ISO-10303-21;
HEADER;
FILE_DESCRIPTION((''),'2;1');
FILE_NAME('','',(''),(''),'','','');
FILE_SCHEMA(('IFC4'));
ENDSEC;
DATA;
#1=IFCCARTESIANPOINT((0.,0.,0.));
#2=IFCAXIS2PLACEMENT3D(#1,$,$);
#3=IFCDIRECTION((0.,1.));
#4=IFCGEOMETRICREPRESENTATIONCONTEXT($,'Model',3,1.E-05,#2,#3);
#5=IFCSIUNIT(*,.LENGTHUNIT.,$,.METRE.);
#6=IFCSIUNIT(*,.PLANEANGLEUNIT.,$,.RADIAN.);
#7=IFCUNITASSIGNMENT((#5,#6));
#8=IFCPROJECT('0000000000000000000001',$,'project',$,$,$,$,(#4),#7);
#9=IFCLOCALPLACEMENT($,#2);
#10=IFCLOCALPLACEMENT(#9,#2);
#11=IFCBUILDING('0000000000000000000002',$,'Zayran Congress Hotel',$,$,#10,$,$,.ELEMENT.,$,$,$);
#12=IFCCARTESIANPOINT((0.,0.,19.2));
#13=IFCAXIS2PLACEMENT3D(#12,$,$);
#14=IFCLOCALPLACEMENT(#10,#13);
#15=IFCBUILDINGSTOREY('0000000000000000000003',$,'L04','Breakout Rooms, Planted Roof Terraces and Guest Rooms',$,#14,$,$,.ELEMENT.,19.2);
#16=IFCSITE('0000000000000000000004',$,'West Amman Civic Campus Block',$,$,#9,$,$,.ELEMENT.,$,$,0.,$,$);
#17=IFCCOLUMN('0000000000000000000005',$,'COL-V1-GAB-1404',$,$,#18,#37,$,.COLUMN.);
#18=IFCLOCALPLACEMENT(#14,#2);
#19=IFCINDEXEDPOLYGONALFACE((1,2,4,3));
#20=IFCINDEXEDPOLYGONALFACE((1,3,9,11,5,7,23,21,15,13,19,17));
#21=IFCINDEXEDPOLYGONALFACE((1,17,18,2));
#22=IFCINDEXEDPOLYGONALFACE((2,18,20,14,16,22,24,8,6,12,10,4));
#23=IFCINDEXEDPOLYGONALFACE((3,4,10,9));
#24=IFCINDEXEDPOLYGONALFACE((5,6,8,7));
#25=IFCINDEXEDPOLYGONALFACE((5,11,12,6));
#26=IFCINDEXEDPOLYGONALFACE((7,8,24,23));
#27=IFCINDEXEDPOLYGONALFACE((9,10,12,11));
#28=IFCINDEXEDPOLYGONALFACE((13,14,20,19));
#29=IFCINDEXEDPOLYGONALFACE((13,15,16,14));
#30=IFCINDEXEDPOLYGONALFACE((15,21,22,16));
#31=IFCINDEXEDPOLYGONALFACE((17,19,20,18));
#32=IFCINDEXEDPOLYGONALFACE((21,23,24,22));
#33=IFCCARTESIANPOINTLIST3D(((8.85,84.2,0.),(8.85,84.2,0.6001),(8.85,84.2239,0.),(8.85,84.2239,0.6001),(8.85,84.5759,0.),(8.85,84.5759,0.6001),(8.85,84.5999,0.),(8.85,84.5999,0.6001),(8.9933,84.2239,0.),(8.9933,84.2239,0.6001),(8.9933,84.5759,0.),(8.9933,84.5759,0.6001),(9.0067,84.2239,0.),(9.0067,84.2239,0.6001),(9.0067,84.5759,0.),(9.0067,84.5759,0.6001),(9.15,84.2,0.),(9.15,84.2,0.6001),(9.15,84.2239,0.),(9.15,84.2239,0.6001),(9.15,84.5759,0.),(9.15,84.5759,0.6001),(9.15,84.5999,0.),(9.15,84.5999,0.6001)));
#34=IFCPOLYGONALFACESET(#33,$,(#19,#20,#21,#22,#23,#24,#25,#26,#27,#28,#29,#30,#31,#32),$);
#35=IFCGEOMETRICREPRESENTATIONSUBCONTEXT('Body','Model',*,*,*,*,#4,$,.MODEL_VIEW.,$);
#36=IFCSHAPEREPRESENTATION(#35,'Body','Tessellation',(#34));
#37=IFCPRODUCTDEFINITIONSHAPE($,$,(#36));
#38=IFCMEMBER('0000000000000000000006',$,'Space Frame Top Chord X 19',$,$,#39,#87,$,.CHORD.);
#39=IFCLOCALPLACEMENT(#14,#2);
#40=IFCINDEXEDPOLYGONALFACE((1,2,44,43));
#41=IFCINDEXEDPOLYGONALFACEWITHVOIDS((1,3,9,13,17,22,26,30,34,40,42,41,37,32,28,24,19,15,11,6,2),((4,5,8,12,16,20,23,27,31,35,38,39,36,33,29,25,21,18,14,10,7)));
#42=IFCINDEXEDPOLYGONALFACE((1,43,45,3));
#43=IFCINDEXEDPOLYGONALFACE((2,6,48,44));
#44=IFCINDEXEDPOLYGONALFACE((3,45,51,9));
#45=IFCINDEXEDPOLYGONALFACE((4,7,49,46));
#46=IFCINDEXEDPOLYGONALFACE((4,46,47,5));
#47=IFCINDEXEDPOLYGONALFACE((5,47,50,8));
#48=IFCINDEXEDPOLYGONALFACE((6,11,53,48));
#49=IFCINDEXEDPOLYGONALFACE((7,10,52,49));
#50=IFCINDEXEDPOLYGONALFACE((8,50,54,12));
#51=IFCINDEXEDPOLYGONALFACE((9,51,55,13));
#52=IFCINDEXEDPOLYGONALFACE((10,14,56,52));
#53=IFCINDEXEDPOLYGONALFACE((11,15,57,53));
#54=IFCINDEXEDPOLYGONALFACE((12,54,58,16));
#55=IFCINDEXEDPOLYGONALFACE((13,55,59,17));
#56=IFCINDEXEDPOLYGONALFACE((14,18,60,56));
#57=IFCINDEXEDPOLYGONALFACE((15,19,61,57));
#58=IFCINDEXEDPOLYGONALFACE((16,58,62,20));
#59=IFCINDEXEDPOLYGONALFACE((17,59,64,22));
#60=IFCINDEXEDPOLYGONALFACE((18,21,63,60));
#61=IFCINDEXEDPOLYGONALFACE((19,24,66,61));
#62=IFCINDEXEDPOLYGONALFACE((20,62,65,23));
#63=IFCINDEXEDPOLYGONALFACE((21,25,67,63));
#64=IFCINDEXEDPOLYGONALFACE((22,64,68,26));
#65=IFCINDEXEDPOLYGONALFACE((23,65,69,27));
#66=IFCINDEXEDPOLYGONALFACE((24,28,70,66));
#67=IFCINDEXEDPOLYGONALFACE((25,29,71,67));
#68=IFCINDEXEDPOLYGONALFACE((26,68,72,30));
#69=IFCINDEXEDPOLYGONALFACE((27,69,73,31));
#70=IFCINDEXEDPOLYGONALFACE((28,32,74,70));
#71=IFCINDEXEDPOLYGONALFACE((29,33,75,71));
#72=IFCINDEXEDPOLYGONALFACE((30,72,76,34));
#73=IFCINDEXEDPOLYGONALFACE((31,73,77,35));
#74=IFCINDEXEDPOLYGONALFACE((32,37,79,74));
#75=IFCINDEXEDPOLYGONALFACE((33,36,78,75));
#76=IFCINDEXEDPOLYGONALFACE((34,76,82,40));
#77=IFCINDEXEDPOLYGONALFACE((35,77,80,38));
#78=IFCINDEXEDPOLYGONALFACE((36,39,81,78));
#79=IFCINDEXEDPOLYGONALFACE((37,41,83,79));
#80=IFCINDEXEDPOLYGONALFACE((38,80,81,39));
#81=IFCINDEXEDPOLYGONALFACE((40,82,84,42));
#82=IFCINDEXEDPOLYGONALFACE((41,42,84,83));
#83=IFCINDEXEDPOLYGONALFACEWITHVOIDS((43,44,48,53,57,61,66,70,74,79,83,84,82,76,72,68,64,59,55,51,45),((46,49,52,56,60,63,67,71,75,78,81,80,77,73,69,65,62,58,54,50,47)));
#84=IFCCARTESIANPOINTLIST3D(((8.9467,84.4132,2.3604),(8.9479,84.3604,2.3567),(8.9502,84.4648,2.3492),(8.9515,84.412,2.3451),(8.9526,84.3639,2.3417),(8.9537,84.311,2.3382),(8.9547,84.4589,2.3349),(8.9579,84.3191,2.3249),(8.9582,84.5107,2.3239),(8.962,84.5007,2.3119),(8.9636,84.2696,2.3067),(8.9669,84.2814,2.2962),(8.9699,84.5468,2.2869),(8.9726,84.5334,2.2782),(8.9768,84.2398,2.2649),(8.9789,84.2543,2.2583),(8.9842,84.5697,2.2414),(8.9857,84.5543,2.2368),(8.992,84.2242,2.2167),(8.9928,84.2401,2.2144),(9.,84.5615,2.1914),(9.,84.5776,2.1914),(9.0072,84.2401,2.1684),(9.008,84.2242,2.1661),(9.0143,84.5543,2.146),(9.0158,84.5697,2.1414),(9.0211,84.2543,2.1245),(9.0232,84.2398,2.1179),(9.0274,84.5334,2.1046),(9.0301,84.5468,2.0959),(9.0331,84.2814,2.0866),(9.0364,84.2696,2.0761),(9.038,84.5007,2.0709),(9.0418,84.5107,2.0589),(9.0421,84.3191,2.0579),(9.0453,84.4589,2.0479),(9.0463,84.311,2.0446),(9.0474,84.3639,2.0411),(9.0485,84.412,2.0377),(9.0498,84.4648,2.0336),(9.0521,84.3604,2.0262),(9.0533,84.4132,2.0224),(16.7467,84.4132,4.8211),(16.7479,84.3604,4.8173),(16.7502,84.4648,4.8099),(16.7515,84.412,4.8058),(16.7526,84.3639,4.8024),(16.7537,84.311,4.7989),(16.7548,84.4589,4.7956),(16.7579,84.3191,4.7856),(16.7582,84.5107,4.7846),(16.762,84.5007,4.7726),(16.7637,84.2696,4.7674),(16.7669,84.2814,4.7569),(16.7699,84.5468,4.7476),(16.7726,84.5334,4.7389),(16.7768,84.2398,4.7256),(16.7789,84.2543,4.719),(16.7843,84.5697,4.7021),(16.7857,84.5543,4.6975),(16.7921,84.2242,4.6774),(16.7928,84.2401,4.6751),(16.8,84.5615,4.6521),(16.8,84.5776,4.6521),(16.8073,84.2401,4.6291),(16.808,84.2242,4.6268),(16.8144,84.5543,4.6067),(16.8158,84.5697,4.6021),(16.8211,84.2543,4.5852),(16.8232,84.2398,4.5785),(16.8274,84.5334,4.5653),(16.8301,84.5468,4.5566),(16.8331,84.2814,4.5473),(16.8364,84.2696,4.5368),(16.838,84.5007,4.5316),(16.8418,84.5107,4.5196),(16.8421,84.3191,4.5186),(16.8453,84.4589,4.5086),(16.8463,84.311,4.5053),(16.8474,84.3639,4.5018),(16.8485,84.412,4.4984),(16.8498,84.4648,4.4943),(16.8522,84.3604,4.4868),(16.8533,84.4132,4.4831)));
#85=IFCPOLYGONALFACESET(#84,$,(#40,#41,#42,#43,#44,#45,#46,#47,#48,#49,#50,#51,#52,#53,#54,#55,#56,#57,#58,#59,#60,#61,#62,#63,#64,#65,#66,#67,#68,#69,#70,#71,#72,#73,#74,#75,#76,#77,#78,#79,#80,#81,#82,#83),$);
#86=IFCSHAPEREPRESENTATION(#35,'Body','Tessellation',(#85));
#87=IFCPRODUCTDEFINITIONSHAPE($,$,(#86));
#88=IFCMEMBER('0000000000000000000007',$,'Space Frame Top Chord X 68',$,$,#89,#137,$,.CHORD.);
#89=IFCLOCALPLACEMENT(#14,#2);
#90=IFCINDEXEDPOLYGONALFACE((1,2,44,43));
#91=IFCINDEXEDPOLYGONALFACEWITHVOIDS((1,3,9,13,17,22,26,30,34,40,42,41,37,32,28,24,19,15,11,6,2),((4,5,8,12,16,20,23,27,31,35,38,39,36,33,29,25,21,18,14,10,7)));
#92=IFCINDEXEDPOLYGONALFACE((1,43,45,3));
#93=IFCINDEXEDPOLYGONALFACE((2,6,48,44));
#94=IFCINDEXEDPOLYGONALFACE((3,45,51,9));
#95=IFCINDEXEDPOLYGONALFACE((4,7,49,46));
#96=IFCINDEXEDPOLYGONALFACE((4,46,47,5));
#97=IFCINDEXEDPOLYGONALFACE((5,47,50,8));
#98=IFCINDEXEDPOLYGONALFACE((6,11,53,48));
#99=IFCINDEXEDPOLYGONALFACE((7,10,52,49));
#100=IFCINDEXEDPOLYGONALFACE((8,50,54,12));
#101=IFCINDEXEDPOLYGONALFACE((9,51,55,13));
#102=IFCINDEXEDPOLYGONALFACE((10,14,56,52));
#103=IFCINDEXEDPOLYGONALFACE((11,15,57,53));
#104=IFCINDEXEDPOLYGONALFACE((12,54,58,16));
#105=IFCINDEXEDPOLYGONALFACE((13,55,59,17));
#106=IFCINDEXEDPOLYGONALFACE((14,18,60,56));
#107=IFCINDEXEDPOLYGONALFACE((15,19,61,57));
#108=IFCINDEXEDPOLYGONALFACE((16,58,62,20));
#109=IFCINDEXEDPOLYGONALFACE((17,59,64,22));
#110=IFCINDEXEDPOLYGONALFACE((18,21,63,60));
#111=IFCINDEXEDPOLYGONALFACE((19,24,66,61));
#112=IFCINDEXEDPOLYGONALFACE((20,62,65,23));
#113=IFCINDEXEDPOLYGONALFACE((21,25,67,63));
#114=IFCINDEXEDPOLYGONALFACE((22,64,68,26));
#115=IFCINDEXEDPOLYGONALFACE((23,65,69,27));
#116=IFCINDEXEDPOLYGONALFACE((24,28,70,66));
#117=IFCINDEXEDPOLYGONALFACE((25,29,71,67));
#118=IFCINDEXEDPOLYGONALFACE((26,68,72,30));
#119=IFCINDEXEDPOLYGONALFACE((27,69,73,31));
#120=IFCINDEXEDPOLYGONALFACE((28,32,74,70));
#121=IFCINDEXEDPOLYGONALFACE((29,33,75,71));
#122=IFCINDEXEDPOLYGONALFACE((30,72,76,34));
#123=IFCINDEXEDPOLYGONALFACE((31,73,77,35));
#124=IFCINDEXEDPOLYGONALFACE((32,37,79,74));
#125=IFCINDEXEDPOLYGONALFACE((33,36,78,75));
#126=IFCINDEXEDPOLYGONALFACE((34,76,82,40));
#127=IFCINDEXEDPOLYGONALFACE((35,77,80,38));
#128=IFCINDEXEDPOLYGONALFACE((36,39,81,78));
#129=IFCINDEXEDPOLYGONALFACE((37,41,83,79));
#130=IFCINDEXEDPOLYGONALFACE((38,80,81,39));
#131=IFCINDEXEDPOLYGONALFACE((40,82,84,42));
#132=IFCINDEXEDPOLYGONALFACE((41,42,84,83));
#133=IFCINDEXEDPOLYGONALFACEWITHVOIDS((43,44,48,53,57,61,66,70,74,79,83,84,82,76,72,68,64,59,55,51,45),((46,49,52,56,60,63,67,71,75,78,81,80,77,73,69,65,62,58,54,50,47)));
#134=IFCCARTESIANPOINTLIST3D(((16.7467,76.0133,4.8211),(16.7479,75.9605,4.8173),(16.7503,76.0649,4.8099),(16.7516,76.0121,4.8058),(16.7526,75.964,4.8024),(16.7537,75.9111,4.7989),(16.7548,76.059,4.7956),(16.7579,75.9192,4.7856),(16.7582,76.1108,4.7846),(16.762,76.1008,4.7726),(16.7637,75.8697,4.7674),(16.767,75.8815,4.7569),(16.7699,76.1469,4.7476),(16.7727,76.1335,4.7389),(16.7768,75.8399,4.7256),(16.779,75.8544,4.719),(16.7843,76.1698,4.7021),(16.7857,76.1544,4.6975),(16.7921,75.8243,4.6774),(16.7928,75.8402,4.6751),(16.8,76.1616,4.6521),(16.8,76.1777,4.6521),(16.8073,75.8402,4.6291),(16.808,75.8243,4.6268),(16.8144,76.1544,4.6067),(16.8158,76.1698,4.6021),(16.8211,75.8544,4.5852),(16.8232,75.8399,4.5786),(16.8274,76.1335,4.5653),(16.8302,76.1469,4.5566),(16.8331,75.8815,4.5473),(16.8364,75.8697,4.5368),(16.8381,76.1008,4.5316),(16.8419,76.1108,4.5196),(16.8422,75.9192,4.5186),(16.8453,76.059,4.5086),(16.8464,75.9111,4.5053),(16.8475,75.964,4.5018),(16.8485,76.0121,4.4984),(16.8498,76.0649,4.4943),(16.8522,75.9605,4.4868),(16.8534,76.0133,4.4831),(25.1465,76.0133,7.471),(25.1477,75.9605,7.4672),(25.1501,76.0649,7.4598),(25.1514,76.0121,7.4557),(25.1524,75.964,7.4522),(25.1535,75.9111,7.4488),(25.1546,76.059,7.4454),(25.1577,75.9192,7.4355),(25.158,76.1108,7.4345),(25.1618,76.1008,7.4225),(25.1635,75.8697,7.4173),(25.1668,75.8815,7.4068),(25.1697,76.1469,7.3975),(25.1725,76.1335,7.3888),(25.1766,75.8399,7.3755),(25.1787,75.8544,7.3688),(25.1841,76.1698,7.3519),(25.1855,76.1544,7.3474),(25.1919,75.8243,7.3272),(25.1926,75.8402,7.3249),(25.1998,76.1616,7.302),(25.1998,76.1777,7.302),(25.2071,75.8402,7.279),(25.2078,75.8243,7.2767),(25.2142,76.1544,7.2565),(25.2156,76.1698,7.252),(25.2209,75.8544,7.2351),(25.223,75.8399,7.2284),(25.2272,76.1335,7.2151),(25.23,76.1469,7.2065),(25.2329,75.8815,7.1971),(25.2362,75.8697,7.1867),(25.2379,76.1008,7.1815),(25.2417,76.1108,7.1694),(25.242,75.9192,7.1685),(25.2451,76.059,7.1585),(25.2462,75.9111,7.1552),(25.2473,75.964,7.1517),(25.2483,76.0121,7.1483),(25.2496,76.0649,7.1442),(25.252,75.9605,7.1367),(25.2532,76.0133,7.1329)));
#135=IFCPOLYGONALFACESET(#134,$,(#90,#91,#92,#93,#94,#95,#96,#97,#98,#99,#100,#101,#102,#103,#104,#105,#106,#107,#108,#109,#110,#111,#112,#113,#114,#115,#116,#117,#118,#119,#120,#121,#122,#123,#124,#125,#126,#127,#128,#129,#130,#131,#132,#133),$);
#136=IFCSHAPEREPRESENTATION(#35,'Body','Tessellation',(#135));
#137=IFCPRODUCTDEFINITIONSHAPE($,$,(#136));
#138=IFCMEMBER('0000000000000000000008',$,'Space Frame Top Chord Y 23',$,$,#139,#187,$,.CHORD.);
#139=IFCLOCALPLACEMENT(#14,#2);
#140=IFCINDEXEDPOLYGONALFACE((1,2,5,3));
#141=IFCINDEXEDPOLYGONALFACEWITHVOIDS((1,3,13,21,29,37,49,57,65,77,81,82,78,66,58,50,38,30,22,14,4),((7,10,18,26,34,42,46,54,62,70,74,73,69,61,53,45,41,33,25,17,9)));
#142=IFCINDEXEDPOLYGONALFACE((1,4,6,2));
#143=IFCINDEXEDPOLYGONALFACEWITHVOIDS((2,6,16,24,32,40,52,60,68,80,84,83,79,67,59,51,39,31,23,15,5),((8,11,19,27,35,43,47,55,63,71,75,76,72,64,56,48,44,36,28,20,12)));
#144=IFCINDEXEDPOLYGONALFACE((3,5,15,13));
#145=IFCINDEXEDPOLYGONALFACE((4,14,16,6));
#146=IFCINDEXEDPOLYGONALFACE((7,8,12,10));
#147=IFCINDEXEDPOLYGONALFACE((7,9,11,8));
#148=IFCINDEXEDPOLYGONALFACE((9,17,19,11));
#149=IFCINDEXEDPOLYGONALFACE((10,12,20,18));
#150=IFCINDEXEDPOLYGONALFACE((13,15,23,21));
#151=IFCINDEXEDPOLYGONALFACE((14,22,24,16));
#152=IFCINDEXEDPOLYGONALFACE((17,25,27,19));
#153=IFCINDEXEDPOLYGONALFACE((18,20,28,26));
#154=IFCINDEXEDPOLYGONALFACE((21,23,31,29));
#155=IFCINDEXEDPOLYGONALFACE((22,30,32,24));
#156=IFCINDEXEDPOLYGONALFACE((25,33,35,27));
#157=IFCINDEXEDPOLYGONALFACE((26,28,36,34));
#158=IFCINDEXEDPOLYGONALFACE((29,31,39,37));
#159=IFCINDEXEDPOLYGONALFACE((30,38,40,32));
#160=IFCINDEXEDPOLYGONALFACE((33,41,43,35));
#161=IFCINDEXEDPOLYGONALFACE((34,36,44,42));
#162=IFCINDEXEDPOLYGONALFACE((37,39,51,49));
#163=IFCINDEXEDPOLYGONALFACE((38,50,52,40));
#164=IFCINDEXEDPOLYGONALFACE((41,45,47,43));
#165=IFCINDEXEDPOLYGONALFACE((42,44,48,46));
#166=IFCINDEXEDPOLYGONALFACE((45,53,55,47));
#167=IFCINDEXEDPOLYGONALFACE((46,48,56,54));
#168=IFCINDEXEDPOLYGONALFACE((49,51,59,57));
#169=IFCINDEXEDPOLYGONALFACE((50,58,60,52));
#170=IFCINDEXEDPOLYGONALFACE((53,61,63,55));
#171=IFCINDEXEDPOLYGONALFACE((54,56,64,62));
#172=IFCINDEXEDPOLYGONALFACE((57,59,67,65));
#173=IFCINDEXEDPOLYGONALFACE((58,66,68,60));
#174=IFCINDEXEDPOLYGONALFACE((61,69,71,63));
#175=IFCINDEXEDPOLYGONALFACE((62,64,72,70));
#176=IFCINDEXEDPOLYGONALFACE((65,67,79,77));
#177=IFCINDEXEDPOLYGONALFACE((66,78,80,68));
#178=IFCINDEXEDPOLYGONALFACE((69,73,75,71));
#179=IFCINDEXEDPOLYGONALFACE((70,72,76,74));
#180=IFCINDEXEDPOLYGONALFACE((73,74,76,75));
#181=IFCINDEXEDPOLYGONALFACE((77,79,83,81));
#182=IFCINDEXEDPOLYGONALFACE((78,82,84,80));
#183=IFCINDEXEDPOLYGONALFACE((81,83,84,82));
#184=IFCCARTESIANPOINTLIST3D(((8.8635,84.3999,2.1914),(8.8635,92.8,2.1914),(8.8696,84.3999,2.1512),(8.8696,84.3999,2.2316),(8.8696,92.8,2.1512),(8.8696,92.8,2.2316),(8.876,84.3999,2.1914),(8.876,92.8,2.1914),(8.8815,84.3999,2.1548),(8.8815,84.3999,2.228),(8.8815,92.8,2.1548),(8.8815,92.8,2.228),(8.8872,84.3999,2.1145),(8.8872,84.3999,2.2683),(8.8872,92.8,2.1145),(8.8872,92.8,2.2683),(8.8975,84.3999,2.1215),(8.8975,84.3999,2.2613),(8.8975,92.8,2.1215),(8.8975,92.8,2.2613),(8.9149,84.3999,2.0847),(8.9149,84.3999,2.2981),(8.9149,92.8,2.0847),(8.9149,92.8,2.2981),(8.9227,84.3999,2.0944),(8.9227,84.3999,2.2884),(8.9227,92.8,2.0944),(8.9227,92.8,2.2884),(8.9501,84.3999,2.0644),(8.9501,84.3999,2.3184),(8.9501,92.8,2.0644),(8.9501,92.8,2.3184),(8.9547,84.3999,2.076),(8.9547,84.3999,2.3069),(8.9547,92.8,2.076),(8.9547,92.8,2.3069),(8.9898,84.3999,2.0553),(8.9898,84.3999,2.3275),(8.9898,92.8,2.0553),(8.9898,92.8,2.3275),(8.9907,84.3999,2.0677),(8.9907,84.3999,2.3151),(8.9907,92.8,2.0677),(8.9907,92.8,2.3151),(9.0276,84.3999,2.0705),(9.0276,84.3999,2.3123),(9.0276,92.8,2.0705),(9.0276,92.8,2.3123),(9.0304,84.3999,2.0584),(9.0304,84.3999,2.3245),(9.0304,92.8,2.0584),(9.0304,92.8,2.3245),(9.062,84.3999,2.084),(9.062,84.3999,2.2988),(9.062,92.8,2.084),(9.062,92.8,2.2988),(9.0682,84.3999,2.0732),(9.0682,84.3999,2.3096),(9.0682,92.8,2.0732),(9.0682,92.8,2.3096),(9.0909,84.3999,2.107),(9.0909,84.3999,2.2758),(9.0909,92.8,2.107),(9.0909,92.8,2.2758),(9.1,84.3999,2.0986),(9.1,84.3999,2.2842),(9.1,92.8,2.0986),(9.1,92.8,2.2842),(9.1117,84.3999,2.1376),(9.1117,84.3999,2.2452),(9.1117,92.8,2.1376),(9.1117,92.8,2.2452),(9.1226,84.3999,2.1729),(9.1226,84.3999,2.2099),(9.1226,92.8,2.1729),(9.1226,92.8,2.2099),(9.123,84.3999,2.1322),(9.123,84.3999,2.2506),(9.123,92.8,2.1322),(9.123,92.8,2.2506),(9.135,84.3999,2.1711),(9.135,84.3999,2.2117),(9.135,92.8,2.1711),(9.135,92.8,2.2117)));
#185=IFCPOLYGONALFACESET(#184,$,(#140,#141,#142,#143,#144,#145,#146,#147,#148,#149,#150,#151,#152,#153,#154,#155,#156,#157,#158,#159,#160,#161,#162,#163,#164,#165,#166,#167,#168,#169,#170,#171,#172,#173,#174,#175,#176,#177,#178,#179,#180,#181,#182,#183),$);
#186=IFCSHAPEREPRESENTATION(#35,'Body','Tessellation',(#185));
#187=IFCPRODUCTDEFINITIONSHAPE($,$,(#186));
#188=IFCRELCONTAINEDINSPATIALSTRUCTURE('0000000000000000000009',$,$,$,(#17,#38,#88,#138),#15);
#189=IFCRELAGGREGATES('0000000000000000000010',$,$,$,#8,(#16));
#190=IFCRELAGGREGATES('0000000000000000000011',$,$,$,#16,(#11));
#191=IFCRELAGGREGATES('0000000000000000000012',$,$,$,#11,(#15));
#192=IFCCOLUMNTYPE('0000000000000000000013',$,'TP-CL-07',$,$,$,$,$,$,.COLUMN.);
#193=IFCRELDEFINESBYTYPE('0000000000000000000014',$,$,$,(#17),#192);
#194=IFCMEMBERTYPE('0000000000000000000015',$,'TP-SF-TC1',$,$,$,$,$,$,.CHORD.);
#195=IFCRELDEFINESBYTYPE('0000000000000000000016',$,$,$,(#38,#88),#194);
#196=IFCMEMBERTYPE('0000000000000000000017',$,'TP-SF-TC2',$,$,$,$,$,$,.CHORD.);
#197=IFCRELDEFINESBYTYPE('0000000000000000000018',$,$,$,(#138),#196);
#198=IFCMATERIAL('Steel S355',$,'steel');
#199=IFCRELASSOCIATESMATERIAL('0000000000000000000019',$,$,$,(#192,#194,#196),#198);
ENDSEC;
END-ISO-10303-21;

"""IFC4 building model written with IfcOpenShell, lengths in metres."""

from ifc_helpers import new_model, si_unit, direction, frame, origin, origin_2d, place, context, subcontext, project, spatial, hollow_circle, i_section, extrude, material, material_profile, profile_set, type_object, element, save


model = new_model("IFC4")

# Units and contexts
model_context = context("Model", 3, precision=1e-05, world=origin(), true_north=direction((0.0, 1.0)))
body_context = subcontext(model_context, "Body", "Model", "MODEL_VIEW")
ifc_project = project(units=[si_unit("LENGTHUNIT", "METRE"), si_unit("PLANEANGLEUNIT", "RADIAN")], contexts=[model_context])

# Site, building, storey
site_placement = place(None, origin())
site = spatial("IfcSite", under=ifc_project, at=site_placement, Name="West Amman Civic Campus Block", CompositionType="ELEMENT", RefElevation=0.0)
building_placement = place(site_placement, origin())
building = spatial("IfcBuilding", under=site, at=building_placement, Name="Zayran Congress Hotel", CompositionType="ELEMENT")
storey_placement = place(building_placement, frame((0.0, 0.0, 19.2)))
storey = spatial("IfcBuildingStorey", under=building, at=storey_placement, Name="L04", Description="Breakout Rooms, Planted Roof Terraces and Guest Rooms", CompositionType="ELEMENT", Elevation=19.2)

# Column
ifc_material = material(Name="Steel S355", Category="steel")
ifc_material_profile_1 = material_profile(ifc_material, i_section(OverallWidth=0.3, OverallDepth=0.3999, WebThickness=0.0134, FlangeThickness=0.0239, at=origin_2d()), Name="HEB 400")
ifc_profile_set_1 = profile_set([ifc_material_profile_1], Name="Steel S355")
column_type = type_object("IfcColumnType", Name="TP-CL-07", PredefinedType="COLUMN", material=ifc_profile_set_1)
column_placement = place(storey_placement, frame((9.0, 84.3999, 0.0), z_axis=(0.0, 0.0, 1.0), x_axis=(1.0, 0.0, 0.0)))
element("IfcColumn", 1, at=column_placement, inside=storey, type_object=column_type, Name="COL-V1-GAB-1404", PredefinedType="COLUMN", context=body_context, shape_type="SweptSolid", body=[
    extrude(i_section(OverallWidth=0.3, OverallDepth=0.3999, WebThickness=0.0134, FlangeThickness=0.0239, at=origin_2d()), origin(), (0.0, 0.0, 1.0), 0.6001),
])

# Members
ifc_material_profile_2 = material_profile(ifc_material, hollow_circle(Radius=0.1777, WallThickness=0.0161, at=origin_2d()), Name="CHS 355.6x16")
ifc_profile_set_2 = profile_set([ifc_material_profile_2], Name="Steel S355")
member_type_1 = type_object("IfcMemberType", Name="TP-SF-TC1", PredefinedType="CHORD", material=ifc_profile_set_2)
member_1_placement = place(storey_placement, frame((9.0, 84.3999, 2.1914), z_axis=(0.95367, 0.0, 0.300856), x_axis=(0.0, 1.0, 0.0)))
element("IfcMember", 2, at=member_1_placement, inside=storey, type_object=member_type_1, Name="Space Frame Top Chord X 19", PredefinedType="CHORD", context=body_context, shape_type="SweptSolid", body=[
    extrude(hollow_circle(Radius=0.1777, WallThickness=0.0161, at=origin_2d()), origin(), (0.0, 0.0, 1.0), 8.179),
])
member_2_placement = place(storey_placement, frame((16.8, 76.0, 4.6521), z_axis=(0.953671, 0.0, 0.300853), x_axis=(0.0, 1.0, 0.0)))
element("IfcMember", 3, at=member_2_placement, inside=storey, type_object=member_type_1, Name="Space Frame Top Chord X 68", PredefinedType="CHORD", context=body_context, shape_type="SweptSolid", body=[
    extrude(hollow_circle(Radius=0.1777, WallThickness=0.0161, at=origin_2d()), origin(), (0.0, 0.0, 1.0), 8.8079),
])
ifc_material_profile_3 = material_profile(ifc_material, hollow_circle(Radius=0.1365, WallThickness=0.0125, at=origin_2d()), Name="CHS 273x12.5")
ifc_profile_set_3 = profile_set([ifc_material_profile_3], Name="Steel S355")
member_type_2 = type_object("IfcMemberType", Name="TP-SF-TC2", PredefinedType="CHORD", material=ifc_profile_set_3)
member_3_placement = place(storey_placement, frame((9.0, 84.3999, 2.1914), z_axis=(0.0, 1.0, 0.0), x_axis=(-1.0, 0.0, 0.0)))
element("IfcMember", 4, at=member_3_placement, inside=storey, type_object=member_type_2, Name="Space Frame Top Chord Y 23", PredefinedType="CHORD", context=body_context, shape_type="SweptSolid", body=[
    extrude(hollow_circle(Radius=0.1365, WallThickness=0.0125, at=origin_2d()), origin(), (0.0, 0.0, 1.0), 8.4001),
])

save(model, "model.ifc")
